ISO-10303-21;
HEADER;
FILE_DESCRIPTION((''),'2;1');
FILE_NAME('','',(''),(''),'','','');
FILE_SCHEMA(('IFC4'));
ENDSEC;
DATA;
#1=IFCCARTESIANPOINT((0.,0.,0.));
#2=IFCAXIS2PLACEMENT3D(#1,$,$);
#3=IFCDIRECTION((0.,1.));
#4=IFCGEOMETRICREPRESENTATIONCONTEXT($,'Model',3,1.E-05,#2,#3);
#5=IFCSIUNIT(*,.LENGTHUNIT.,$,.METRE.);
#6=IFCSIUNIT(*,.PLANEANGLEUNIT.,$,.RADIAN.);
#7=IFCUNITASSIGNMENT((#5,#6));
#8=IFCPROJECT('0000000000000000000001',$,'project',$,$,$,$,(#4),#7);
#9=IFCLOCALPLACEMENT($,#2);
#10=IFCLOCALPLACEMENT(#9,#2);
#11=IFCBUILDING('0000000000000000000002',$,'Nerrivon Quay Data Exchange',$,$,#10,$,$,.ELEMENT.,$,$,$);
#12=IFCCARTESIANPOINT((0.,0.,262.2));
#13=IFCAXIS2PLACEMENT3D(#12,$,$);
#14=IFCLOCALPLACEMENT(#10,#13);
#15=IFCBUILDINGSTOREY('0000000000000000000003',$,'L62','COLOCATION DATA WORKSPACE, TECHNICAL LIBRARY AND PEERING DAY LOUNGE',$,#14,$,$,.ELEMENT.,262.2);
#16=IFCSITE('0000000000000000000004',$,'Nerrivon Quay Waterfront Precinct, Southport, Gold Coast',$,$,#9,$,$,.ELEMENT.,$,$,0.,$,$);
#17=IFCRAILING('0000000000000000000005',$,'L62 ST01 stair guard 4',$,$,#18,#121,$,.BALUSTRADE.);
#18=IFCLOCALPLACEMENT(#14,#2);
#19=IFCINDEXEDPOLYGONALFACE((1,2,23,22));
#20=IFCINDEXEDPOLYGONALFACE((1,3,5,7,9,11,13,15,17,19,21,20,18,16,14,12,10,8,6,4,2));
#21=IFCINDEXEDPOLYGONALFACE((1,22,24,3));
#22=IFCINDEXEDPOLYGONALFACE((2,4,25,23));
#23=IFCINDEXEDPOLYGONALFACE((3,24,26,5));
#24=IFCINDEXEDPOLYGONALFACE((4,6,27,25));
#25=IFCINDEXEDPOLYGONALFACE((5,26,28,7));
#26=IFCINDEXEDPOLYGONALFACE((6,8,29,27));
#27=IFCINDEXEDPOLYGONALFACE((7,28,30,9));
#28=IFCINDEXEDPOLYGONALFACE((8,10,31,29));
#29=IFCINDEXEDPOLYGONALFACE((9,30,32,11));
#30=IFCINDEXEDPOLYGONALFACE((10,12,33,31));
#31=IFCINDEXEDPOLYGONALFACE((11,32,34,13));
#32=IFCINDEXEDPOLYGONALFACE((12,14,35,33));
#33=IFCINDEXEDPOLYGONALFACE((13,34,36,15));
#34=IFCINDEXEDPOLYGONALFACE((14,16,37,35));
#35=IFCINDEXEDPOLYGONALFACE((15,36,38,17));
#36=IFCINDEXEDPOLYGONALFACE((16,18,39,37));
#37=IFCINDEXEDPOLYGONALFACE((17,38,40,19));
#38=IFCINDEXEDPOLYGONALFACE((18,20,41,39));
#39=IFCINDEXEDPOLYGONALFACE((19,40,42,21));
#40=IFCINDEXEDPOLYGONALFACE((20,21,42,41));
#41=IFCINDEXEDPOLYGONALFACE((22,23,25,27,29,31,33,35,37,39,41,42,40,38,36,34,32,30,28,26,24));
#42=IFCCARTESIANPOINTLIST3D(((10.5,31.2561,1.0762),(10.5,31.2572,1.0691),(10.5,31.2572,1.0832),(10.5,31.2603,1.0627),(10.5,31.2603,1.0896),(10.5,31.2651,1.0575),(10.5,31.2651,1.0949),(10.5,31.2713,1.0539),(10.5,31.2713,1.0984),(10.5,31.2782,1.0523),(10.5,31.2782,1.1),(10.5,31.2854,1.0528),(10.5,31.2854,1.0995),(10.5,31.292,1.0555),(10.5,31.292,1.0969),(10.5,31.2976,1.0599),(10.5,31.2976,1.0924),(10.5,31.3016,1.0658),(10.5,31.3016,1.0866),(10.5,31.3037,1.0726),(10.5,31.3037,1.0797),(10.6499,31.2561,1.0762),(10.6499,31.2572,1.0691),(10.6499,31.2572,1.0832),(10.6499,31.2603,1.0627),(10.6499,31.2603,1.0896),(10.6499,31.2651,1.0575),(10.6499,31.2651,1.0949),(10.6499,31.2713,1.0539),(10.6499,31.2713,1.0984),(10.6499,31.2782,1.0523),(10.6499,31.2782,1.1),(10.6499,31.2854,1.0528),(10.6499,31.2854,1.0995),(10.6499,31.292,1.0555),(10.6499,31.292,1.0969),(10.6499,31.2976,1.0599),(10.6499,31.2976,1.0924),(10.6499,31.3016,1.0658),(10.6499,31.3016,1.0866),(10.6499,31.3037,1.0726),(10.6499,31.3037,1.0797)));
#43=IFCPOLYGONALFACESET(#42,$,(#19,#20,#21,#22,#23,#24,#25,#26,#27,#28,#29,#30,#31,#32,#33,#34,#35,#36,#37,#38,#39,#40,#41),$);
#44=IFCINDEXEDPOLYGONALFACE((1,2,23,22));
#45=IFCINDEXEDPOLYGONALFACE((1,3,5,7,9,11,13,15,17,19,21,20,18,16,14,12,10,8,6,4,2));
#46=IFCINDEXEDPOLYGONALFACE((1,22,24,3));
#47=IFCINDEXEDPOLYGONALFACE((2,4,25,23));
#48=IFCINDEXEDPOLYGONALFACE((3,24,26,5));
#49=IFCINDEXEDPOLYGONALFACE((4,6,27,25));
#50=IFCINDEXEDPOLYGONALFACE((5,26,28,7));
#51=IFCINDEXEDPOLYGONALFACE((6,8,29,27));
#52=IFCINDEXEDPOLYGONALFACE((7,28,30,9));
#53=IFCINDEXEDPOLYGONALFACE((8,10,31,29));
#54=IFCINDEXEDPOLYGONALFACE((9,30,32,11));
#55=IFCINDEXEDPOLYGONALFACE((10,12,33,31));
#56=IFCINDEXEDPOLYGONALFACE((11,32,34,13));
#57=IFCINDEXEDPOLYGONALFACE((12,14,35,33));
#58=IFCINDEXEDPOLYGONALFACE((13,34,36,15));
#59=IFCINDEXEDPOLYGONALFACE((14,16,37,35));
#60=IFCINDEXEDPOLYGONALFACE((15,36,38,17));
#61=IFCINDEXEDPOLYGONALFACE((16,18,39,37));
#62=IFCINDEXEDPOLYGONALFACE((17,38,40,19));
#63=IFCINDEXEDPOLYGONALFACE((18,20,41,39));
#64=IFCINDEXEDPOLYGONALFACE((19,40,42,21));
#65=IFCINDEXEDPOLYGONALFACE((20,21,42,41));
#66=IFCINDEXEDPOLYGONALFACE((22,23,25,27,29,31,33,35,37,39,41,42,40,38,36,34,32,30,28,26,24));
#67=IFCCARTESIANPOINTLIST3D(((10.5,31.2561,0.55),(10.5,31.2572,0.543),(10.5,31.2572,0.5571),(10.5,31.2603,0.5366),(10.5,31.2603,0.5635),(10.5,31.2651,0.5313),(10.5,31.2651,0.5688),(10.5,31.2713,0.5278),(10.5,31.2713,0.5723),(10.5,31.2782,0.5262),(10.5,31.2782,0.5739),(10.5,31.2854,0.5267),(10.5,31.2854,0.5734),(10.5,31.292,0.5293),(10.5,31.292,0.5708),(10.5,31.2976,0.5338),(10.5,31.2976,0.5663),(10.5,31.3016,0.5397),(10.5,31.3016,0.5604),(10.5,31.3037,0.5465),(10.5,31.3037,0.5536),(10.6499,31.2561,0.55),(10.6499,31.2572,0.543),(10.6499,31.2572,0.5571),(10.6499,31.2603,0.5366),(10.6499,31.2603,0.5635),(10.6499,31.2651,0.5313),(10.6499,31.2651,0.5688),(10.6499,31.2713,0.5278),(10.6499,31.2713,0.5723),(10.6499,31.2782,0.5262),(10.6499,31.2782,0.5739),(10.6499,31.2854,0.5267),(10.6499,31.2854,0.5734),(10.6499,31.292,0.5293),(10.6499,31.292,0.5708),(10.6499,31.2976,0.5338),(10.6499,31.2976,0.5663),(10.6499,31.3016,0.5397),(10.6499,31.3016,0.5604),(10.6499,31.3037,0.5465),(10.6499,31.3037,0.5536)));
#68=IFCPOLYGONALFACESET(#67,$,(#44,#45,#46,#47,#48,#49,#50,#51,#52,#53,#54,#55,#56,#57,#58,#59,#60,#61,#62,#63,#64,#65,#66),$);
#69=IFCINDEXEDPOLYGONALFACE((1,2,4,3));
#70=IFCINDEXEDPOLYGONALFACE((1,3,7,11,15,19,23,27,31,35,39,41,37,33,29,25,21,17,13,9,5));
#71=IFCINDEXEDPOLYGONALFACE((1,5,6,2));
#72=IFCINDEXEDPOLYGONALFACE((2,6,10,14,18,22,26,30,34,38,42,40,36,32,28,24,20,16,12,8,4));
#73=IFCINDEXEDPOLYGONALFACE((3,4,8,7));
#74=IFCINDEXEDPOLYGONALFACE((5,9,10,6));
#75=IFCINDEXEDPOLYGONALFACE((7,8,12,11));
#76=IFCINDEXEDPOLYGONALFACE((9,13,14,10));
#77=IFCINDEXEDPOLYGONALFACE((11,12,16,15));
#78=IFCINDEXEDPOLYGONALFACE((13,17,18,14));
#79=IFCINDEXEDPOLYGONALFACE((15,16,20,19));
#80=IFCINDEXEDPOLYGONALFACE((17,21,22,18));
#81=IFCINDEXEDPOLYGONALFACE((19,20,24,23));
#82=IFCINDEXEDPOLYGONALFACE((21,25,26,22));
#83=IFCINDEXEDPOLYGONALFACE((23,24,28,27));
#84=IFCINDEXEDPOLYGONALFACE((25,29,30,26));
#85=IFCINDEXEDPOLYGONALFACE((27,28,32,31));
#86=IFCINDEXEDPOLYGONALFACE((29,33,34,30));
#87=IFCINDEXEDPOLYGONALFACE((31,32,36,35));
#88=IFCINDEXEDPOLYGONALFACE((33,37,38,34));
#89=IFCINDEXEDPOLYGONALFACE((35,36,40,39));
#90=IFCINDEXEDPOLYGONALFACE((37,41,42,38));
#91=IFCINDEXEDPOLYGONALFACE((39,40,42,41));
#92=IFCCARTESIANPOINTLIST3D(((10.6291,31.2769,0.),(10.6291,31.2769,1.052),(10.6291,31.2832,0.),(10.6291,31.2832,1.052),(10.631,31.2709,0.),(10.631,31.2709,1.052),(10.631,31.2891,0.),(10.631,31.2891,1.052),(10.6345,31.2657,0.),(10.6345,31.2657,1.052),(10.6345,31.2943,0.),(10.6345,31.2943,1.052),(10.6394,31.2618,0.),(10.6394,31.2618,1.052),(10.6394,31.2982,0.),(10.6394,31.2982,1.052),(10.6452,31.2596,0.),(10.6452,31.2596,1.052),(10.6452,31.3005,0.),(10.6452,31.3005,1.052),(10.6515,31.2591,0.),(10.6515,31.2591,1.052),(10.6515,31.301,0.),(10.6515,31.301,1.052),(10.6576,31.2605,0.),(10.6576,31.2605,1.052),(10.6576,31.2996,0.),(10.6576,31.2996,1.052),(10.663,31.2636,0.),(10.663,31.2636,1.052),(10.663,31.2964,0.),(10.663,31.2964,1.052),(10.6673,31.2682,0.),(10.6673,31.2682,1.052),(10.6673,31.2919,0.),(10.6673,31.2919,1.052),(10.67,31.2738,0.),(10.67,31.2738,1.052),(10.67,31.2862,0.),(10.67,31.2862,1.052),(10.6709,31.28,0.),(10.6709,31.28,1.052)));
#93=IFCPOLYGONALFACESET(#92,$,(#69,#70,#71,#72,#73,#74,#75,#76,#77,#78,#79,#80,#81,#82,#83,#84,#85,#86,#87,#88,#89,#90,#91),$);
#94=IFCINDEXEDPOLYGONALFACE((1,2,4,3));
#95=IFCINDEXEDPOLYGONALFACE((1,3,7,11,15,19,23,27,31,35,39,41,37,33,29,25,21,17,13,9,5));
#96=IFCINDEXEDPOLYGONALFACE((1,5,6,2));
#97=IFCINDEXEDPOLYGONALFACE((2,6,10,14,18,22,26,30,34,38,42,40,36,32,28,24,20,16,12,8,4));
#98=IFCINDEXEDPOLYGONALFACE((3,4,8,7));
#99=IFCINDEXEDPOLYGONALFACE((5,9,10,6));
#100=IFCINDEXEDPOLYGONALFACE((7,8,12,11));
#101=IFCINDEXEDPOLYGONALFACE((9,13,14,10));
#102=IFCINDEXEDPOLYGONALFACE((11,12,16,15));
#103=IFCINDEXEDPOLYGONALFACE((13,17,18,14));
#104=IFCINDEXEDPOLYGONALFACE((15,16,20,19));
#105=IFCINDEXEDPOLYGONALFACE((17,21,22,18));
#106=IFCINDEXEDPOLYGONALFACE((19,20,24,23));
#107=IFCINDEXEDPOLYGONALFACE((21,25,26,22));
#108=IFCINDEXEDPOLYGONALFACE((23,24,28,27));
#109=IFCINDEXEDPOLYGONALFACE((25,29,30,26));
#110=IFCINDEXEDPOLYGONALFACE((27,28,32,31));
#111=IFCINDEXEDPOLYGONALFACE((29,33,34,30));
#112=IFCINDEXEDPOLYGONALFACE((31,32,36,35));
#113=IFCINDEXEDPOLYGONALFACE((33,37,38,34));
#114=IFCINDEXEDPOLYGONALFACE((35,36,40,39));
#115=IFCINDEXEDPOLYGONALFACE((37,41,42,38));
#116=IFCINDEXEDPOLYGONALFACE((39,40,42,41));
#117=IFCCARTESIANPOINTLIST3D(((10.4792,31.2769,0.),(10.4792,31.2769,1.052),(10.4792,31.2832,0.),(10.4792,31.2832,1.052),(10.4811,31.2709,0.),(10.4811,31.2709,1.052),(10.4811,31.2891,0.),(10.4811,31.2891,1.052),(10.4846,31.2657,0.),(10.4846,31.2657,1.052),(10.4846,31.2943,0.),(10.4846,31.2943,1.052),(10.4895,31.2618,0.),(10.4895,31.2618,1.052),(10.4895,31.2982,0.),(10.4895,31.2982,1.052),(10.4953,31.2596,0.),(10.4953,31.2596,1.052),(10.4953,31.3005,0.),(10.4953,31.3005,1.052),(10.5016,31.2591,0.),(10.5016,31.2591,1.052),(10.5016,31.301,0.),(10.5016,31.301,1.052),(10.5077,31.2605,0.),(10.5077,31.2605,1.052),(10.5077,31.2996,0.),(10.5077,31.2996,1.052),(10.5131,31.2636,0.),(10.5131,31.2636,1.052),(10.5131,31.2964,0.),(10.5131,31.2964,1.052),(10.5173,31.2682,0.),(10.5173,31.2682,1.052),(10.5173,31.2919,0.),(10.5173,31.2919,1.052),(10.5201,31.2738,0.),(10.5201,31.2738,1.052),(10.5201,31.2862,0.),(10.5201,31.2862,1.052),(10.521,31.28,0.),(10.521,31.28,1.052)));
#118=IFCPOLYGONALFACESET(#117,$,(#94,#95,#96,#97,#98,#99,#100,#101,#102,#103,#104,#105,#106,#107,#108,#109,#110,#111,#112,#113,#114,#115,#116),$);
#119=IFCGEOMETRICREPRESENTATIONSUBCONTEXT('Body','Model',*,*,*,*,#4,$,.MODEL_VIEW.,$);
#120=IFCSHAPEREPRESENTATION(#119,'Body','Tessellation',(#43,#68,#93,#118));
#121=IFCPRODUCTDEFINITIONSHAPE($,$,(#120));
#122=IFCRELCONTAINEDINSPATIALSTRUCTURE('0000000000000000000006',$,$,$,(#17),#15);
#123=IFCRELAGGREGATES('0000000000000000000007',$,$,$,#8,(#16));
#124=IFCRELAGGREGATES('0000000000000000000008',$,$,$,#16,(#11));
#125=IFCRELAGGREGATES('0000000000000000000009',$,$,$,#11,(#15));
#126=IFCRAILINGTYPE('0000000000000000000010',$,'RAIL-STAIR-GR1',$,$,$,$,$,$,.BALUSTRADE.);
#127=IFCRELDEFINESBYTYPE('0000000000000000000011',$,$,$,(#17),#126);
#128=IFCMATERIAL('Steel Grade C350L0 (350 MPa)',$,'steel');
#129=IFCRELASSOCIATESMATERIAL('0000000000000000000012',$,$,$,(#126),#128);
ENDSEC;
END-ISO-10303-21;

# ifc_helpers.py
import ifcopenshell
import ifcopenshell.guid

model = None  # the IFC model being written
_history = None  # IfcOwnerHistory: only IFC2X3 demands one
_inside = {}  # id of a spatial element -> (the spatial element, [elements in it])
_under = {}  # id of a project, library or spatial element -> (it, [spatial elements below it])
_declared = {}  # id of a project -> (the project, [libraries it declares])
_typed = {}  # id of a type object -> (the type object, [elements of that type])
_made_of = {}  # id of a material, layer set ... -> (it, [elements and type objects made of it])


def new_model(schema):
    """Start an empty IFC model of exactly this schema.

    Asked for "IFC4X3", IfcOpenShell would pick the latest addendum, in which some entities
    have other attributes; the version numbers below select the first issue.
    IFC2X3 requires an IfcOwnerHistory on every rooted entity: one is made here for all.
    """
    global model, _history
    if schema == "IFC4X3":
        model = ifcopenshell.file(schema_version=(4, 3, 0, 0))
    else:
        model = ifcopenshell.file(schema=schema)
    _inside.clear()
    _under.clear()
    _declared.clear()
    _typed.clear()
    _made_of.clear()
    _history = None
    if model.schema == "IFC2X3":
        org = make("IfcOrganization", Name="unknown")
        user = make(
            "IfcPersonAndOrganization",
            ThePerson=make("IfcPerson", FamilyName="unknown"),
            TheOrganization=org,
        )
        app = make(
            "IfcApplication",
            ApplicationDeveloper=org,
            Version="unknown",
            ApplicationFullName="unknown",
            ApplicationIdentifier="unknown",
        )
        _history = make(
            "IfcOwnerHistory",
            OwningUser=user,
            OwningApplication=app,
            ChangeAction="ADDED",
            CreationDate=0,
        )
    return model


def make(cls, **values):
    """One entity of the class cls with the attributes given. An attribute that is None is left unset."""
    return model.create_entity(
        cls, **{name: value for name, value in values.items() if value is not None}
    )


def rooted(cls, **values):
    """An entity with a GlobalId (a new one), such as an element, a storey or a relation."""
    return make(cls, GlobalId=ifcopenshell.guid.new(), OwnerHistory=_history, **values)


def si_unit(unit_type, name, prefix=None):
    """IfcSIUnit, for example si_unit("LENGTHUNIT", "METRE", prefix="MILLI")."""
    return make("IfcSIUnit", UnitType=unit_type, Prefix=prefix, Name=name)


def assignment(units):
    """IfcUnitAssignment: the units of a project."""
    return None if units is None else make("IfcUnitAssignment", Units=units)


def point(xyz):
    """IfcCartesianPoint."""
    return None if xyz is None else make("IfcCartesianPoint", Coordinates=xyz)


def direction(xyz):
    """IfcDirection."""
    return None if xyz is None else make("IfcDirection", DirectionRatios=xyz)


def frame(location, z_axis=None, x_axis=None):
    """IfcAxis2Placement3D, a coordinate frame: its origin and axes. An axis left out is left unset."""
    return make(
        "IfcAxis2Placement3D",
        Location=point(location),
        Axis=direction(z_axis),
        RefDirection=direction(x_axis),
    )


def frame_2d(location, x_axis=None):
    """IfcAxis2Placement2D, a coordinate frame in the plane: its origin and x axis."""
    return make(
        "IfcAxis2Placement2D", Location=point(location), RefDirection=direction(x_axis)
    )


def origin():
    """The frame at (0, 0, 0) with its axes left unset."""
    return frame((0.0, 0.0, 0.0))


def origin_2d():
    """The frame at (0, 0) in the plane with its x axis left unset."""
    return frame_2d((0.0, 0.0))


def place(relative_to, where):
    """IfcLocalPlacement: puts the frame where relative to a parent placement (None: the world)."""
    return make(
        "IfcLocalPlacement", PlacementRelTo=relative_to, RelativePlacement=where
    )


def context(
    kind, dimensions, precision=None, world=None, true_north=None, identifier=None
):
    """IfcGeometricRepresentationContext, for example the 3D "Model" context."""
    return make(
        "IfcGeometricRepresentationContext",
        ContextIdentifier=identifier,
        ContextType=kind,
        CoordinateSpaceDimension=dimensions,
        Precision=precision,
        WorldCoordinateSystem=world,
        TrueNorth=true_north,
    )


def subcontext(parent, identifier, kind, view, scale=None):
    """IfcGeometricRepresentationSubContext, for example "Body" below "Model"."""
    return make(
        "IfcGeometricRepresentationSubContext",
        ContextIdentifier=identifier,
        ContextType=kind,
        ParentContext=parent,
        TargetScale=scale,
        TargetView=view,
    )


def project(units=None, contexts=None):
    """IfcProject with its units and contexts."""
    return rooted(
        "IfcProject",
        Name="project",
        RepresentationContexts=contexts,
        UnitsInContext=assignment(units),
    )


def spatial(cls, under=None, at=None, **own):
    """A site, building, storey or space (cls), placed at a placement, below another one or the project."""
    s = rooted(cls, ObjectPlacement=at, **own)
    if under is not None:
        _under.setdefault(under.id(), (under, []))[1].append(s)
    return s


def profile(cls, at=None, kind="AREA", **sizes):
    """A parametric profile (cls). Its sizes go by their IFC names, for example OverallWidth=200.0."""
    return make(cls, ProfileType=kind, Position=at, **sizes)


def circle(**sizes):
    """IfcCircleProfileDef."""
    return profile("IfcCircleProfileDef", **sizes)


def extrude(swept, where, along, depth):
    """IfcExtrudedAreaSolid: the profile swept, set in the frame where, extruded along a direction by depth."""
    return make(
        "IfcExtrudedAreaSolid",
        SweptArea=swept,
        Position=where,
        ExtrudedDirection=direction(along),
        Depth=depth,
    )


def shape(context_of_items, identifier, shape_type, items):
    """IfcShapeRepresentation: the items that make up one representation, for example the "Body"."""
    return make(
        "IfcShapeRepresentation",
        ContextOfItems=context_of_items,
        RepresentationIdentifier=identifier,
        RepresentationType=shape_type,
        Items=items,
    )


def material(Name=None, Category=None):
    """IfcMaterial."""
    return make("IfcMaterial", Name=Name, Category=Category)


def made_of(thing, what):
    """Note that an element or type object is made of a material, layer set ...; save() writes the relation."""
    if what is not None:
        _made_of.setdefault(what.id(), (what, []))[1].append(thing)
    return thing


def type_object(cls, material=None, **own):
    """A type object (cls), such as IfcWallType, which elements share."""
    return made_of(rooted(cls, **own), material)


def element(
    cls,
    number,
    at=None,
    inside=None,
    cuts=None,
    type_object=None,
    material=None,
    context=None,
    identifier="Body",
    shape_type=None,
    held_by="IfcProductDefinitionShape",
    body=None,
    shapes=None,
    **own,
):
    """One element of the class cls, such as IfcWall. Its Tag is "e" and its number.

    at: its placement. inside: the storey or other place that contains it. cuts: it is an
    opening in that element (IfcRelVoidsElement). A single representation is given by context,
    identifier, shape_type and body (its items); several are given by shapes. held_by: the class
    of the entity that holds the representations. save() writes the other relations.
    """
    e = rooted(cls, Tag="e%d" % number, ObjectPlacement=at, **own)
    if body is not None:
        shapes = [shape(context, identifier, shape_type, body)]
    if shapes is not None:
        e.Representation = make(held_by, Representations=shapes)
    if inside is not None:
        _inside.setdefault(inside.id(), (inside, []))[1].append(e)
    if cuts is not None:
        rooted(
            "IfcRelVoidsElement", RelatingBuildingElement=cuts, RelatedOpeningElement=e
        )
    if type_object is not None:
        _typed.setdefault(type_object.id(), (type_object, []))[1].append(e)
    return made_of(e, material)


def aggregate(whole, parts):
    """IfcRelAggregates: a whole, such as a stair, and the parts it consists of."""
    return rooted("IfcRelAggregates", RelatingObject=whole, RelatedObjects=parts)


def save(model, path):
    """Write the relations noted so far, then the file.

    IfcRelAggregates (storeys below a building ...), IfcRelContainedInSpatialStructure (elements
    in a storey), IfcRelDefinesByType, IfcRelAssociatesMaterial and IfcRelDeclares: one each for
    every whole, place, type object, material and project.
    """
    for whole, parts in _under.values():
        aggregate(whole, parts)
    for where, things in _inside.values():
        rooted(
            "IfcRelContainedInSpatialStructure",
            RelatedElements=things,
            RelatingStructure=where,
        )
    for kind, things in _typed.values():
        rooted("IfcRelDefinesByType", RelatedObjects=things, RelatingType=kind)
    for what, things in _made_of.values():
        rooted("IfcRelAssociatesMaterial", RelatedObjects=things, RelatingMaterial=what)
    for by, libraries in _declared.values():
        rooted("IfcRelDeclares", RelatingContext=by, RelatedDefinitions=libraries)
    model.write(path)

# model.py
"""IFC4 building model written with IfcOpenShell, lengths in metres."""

from ifc_helpers import new_model, si_unit, direction, frame, origin, origin_2d, place, context, subcontext, project, spatial, circle, extrude, material, type_object, element, save


model = new_model("IFC4")

# Units and contexts
model_context = context("Model", 3, precision=1e-05, world=origin(), true_north=direction((0.0, 1.0)))
body_context = subcontext(model_context, "Body", "Model", "MODEL_VIEW")
ifc_project = project(units=[si_unit("LENGTHUNIT", "METRE"), si_unit("PLANEANGLEUNIT", "RADIAN")], contexts=[model_context])

# Site, building, storey
site_placement = place(None, origin())
site = spatial("IfcSite", under=ifc_project, at=site_placement, Name="Nerrivon Quay Waterfront Precinct, Southport, Gold Coast", CompositionType="ELEMENT", RefElevation=0.0)
building_placement = place(site_placement, origin())
building = spatial("IfcBuilding", under=site, at=building_placement, Name="Nerrivon Quay Data Exchange", CompositionType="ELEMENT")
storey_placement = place(building_placement, frame((0.0, 0.0, 262.2)))
storey = spatial("IfcBuildingStorey", under=building, at=storey_placement, Name="L62", Description="COLOCATION DATA WORKSPACE, TECHNICAL LIBRARY AND PEERING DAY LOUNGE", CompositionType="ELEMENT", Elevation=262.2)

# Railing
ifc_material_1 = material(Name="Steel Grade C350L0 (350 MPa)", Category="steel")
railing_type_1 = type_object("IfcRailingType", Name="RAIL-STAIR-GR1", PredefinedType="BALUSTRADE", material=ifc_material_1)
railing_1_placement = place(storey_placement, frame((10.6499, 31.28, 0.0)))
element("IfcRailing", 1, at=railing_1_placement, inside=storey, type_object=railing_type_1, Name="L62 ST01 stair guard 4", PredefinedType="BALUSTRADE", context=body_context, shape_type="SweptSolid", body=[
    extrude(circle(Radius=0.0239, at=origin_2d()), frame((0.0, 0.0, 1.0762), z_axis=(-1.0, 0.0, 0.0), x_axis=(0.0, -1.0, 0.0)), (0.0, 0.0, 1.0), 0.1499),
    extrude(circle(Radius=0.0239, at=origin_2d()), frame((0.0, 0.0, 0.55), z_axis=(-1.0, 0.0, 0.0), x_axis=(0.0, -1.0, 0.0)), (0.0, 0.0, 1.0), 0.1499),
    extrude(circle(Radius=0.021, at=origin_2d()), origin(), (0.0, 0.0, 1.0), 1.052),
    extrude(circle(Radius=0.021, at=origin_2d()), frame((-0.1499, 0.0, 0.0)), (0.0, 0.0, 1.0), 1.052),
])

save(model, "model.ifc")
